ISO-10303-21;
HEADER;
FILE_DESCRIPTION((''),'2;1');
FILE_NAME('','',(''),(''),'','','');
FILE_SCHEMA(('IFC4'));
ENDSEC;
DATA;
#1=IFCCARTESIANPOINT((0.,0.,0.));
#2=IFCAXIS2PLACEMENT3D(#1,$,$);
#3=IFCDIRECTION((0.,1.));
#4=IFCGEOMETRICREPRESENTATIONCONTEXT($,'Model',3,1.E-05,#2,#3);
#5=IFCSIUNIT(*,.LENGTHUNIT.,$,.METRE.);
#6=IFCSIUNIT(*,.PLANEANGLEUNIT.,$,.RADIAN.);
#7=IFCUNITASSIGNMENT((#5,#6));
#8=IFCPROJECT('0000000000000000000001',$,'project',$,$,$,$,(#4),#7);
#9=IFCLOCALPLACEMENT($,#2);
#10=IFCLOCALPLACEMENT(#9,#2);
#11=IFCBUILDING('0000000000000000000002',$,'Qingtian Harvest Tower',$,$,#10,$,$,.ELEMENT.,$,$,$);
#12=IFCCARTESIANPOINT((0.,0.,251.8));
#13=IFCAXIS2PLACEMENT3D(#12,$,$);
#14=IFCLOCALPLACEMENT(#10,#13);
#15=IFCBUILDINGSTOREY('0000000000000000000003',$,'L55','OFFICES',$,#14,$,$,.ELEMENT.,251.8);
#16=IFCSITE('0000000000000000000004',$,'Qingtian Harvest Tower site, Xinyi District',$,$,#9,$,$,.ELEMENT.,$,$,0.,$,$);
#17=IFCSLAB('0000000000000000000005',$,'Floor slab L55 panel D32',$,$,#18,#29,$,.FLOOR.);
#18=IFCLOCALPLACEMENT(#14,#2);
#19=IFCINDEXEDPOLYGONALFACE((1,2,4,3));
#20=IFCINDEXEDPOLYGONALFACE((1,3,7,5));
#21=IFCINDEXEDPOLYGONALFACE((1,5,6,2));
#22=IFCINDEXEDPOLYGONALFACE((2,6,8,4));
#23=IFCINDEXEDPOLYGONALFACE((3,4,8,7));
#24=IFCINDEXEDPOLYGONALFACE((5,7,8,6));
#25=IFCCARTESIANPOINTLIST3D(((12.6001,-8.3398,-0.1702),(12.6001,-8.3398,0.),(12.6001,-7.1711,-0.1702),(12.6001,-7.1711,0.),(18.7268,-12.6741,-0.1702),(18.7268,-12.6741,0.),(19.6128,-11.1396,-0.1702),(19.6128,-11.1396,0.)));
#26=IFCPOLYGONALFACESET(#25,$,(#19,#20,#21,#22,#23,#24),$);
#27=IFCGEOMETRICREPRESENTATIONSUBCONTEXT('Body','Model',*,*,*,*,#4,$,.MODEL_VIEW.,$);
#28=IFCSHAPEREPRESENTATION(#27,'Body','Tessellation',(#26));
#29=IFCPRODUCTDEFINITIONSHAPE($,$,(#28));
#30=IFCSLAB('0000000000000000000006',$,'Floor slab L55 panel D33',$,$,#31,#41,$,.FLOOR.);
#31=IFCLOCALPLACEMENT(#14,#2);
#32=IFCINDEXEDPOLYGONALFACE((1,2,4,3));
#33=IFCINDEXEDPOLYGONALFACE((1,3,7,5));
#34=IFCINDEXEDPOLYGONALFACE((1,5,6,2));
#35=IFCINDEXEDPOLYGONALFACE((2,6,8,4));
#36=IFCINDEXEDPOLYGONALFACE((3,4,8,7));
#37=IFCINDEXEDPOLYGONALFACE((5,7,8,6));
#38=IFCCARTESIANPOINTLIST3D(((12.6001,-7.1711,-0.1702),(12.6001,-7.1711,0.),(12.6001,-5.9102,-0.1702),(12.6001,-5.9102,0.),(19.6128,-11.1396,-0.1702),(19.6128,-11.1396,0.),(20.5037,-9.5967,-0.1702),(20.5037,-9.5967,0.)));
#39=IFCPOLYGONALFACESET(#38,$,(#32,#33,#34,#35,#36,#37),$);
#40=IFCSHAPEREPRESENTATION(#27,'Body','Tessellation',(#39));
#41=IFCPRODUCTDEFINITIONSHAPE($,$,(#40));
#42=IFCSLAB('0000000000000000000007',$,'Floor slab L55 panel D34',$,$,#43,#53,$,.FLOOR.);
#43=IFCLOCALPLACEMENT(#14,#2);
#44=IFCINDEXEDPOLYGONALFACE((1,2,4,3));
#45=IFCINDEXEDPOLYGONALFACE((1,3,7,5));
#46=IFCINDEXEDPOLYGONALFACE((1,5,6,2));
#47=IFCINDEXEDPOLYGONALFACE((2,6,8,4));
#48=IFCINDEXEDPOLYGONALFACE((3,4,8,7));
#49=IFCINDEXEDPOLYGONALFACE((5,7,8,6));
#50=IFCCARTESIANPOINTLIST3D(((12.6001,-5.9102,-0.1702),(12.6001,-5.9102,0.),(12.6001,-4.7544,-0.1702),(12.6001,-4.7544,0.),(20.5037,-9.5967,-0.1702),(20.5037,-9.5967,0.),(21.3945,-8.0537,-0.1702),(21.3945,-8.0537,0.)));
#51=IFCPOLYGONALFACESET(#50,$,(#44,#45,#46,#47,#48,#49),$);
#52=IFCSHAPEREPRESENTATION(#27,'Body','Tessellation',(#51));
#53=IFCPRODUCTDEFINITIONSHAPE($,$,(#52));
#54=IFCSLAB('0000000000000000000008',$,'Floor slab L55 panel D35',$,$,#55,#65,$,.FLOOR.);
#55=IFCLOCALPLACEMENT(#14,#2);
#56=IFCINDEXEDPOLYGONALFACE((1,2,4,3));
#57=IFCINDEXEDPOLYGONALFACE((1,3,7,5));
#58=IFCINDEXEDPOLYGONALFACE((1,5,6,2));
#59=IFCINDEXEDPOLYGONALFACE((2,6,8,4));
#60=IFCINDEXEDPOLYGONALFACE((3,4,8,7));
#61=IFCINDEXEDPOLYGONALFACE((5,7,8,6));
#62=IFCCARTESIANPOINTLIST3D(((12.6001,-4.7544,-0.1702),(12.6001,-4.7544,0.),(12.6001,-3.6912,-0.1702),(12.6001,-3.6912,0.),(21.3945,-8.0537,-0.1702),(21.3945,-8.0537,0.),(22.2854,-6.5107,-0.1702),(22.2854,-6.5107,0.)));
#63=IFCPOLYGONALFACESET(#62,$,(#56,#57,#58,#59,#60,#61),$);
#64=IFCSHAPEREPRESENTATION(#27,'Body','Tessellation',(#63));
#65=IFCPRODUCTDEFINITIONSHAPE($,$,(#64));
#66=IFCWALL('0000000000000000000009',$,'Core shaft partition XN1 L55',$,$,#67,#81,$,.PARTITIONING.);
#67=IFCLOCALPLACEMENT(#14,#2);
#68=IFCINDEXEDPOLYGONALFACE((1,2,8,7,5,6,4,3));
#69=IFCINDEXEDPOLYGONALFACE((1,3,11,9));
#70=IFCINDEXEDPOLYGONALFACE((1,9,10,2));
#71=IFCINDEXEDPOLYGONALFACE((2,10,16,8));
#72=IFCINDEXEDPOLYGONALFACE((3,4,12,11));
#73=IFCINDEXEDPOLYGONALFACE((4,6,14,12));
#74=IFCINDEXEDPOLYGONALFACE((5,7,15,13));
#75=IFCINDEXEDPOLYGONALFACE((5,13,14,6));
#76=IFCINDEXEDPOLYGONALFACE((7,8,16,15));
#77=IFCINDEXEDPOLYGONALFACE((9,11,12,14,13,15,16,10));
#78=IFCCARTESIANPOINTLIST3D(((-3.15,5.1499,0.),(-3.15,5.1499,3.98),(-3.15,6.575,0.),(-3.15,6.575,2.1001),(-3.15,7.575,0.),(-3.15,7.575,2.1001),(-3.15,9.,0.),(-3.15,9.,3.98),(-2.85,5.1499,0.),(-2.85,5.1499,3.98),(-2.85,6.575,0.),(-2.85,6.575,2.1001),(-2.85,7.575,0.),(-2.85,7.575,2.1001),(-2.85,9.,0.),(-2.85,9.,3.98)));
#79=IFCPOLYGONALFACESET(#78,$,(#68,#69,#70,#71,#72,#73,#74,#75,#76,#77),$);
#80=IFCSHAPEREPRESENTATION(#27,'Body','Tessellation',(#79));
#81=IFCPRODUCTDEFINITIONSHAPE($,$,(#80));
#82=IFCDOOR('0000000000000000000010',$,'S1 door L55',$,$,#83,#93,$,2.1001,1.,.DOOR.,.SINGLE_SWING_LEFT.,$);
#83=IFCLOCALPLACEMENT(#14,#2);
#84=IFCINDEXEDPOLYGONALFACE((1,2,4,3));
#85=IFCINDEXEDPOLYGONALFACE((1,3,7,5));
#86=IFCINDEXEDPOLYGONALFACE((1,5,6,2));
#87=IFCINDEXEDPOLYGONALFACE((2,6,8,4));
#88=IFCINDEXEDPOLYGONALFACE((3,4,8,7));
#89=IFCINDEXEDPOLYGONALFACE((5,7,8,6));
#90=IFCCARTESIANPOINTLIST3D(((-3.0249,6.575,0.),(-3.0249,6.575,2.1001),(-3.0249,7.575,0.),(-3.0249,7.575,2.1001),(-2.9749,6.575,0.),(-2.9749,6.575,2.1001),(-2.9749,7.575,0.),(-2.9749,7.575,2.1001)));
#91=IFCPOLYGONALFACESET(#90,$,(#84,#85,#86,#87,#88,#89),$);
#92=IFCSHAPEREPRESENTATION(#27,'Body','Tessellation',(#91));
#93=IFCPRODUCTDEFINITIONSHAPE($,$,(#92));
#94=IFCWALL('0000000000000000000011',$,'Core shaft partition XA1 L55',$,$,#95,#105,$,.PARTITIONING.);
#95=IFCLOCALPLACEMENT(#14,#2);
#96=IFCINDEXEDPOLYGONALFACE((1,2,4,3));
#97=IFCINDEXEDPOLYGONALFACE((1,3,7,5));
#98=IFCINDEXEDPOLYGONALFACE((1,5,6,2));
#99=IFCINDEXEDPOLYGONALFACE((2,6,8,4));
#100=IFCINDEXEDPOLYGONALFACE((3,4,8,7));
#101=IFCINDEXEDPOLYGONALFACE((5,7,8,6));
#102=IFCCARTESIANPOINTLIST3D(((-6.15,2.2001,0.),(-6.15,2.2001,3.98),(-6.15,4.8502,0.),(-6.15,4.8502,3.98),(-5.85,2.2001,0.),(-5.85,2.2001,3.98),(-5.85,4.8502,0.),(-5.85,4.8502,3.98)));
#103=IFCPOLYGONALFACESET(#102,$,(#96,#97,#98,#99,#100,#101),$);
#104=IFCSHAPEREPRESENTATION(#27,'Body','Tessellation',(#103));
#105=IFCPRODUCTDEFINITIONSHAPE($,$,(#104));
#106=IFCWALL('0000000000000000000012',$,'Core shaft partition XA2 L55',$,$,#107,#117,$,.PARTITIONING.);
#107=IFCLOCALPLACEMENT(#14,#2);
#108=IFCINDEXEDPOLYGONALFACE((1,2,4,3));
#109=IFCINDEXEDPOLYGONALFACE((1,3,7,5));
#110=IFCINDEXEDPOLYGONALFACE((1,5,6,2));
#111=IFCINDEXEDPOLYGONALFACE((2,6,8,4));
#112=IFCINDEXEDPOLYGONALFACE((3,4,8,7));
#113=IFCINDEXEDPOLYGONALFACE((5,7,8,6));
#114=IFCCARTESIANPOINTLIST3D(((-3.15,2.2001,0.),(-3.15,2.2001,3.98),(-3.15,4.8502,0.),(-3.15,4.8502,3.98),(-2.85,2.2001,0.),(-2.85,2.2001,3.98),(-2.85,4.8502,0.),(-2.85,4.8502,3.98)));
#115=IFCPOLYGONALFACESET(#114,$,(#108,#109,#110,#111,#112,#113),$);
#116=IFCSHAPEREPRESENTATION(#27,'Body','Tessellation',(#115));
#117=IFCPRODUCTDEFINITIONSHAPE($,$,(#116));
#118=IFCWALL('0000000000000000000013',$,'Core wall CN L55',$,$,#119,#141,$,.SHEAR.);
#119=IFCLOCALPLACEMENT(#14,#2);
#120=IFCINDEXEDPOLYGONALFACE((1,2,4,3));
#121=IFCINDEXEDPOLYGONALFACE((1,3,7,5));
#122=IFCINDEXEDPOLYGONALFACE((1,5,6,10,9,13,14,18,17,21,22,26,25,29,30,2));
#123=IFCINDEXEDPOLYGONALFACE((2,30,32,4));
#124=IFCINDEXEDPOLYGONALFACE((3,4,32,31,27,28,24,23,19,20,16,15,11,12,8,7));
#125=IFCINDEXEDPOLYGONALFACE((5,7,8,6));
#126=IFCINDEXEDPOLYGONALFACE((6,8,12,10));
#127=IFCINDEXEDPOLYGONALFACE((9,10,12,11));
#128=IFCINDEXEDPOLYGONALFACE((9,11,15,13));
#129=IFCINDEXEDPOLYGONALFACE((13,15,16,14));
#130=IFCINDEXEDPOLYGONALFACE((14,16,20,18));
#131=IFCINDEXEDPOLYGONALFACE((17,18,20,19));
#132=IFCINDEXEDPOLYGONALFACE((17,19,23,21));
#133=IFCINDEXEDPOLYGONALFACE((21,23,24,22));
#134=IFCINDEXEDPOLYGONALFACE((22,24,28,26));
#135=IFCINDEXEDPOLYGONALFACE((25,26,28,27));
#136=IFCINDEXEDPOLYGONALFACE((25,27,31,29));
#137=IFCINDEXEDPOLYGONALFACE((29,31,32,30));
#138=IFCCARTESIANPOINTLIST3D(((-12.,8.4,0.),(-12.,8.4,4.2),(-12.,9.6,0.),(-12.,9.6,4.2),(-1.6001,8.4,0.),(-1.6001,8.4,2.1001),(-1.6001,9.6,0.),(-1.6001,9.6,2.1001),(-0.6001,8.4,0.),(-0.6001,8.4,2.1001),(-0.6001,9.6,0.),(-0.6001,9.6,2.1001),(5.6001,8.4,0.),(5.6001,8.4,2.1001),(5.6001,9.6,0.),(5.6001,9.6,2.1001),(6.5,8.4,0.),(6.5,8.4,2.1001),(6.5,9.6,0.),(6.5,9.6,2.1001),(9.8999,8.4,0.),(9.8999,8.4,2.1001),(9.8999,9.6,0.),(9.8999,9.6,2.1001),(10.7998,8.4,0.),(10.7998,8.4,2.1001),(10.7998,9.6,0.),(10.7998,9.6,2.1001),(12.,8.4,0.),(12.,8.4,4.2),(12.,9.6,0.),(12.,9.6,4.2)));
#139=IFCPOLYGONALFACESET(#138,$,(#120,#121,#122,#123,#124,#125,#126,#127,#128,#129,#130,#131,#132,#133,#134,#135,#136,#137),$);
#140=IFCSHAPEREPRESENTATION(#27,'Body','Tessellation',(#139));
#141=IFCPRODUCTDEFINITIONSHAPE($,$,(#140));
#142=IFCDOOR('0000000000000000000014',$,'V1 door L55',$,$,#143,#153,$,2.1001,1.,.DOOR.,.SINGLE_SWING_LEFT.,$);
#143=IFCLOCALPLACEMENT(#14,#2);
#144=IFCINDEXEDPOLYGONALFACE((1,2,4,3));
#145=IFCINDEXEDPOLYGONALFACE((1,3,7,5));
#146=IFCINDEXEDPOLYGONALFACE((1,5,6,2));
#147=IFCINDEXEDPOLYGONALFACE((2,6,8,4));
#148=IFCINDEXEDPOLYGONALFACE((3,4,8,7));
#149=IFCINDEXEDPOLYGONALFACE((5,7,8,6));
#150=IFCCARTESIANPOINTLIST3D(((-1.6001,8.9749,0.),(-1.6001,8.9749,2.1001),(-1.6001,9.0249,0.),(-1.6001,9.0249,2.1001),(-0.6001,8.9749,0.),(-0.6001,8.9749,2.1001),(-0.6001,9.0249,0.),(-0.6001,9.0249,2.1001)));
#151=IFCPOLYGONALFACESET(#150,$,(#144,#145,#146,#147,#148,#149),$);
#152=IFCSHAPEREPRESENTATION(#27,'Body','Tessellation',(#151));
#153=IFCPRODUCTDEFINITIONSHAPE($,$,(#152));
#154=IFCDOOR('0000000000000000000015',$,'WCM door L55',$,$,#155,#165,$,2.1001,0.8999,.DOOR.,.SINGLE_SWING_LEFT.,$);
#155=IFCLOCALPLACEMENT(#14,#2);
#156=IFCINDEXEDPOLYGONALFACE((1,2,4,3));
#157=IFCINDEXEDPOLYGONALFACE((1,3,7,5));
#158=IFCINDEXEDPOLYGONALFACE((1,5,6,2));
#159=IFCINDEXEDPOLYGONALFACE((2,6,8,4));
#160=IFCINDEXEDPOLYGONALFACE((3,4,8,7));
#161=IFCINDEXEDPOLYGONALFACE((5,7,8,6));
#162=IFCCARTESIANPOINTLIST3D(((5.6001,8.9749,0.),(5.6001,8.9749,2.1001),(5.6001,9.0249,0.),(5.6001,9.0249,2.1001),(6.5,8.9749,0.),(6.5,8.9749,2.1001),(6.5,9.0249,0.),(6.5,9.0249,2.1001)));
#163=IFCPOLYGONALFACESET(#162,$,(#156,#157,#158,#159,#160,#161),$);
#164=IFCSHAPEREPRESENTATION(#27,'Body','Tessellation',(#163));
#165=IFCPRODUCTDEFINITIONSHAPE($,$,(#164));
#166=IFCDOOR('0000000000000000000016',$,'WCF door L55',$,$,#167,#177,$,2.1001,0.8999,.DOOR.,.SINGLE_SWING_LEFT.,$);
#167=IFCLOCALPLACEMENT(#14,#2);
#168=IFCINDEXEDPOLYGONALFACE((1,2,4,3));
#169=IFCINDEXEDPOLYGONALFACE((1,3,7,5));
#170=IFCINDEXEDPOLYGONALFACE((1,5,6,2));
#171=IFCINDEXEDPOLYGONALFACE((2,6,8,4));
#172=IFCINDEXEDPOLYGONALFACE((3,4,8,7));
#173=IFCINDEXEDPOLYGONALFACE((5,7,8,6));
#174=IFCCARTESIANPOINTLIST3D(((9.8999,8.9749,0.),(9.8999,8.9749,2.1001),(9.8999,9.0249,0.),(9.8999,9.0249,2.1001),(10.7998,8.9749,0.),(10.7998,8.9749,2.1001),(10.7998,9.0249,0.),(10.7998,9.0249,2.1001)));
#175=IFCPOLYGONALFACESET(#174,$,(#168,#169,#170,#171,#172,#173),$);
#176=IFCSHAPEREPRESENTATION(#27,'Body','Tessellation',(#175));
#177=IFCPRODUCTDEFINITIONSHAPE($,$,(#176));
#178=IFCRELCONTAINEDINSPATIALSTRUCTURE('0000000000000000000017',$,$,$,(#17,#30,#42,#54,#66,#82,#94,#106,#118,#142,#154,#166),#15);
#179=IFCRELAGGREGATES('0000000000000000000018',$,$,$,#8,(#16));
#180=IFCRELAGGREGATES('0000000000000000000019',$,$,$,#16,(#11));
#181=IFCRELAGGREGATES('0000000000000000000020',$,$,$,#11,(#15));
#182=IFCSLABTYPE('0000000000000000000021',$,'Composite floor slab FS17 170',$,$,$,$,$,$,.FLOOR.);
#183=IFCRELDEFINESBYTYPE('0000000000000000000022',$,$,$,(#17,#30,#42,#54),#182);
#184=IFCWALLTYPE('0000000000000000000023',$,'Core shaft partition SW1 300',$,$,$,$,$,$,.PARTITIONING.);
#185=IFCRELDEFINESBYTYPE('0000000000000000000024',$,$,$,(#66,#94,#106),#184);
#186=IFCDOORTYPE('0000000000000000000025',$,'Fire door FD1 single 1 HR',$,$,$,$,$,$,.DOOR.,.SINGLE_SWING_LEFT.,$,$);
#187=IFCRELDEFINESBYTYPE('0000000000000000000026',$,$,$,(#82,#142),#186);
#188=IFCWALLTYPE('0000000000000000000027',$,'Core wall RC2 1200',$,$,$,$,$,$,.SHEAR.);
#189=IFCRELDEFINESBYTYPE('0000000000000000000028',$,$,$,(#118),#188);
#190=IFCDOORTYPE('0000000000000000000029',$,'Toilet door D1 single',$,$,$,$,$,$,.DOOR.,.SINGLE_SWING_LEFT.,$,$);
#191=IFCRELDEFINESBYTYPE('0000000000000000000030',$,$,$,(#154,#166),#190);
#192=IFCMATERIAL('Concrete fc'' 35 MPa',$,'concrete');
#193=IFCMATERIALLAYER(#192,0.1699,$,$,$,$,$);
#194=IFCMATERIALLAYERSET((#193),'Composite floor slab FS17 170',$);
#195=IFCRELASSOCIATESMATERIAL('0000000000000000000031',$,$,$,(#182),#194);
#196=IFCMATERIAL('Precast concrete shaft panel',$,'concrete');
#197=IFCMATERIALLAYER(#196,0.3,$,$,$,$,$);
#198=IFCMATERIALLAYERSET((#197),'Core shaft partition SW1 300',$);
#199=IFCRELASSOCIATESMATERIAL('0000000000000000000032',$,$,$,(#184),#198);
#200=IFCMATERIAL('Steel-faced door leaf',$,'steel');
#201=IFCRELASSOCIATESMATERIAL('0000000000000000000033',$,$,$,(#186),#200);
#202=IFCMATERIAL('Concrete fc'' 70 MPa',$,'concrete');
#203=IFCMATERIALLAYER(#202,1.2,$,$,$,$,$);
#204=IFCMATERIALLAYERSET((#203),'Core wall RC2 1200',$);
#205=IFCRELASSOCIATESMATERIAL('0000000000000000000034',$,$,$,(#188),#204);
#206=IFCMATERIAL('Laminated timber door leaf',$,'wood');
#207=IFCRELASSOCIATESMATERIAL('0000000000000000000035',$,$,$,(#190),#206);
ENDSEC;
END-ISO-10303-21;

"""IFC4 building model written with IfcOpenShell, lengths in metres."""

from ifc_helpers import new_model, si_unit, direction, frame, frame_2d, origin, place, context, subcontext, project, spatial, polyline, rectangle, outline, extrude, material, layer, layer_set, type_object, element, fill, save


model = new_model("IFC4")

# Units and contexts
model_context = context("Model", 3, precision=1e-05, world=origin(), true_north=direction((0.0, 1.0)))
body_context = subcontext(model_context, "Body", "Model", "MODEL_VIEW")
ifc_project = project(units=[si_unit("LENGTHUNIT", "METRE"), si_unit("PLANEANGLEUNIT", "RADIAN")], contexts=[model_context])

# Site, building, storey
site_placement = place(None, origin())
site = spatial("IfcSite", under=ifc_project, at=site_placement, Name="Qingtian Harvest Tower site, Xinyi District", CompositionType="ELEMENT", RefElevation=0.0)
building_placement = place(site_placement, origin())
building = spatial("IfcBuilding", under=site, at=building_placement, Name="Qingtian Harvest Tower", CompositionType="ELEMENT")
storey_placement = place(building_placement, frame((0.0, 0.0, 251.8)))
storey = spatial("IfcBuildingStorey", under=building, at=storey_placement, Name="L55", Description="OFFICES", CompositionType="ELEMENT", Elevation=251.8)

# Slabs
ifc_material_1 = material(Name="Concrete fc' 35 MPa", Category="concrete")
ifc_layer_1 = layer(ifc_material_1, 0.1699)
ifc_layer_set_1 = layer_set([ifc_layer_1], Name="Composite floor slab FS17 170")
slab_type = type_object("IfcSlabType", Name="Composite floor slab FS17 170", PredefinedType="FLOOR", material=ifc_layer_set_1)
slab_1_placement = place(storey_placement, frame((0.0, 0.0, -0.1702)))
element("IfcSlab", 1, at=slab_1_placement, inside=storey, type_object=slab_type, Name="Floor slab L55 panel D32", PredefinedType="FLOOR", context=body_context, shape_type="SweptSolid", body=[
    extrude(outline(polyline([(12.6001, -7.1711), (19.6128, -11.1396), (18.7268, -12.6741), (12.6001, -8.3398), (12.6001, -7.1711)])), origin(), (0.0, 0.0, 1.0), 0.1702),
])
slab_2_placement = place(storey_placement, frame((0.0, 0.0, -0.1702)))
element("IfcSlab", 2, at=slab_2_placement, inside=storey, type_object=slab_type, Name="Floor slab L55 panel D33", PredefinedType="FLOOR", context=body_context, shape_type="SweptSolid", body=[
    extrude(outline(polyline([(12.6001, -5.9102), (20.5037, -9.5967), (19.6128, -11.1396), (12.6001, -7.1711), (12.6001, -5.9102)])), origin(), (0.0, 0.0, 1.0), 0.1702),
])
slab_3_placement = place(storey_placement, frame((0.0, 0.0, -0.1702)))
element("IfcSlab", 3, at=slab_3_placement, inside=storey, type_object=slab_type, Name="Floor slab L55 panel D34", PredefinedType="FLOOR", context=body_context, shape_type="SweptSolid", body=[
    extrude(outline(polyline([(12.6001, -4.7544), (21.3945, -8.0537), (20.5037, -9.5967), (12.6001, -5.9102), (12.6001, -4.7544)])), origin(), (0.0, 0.0, 1.0), 0.1702),
])
slab_4_placement = place(storey_placement, frame((0.0, 0.0, -0.1702)))
element("IfcSlab", 4, at=slab_4_placement, inside=storey, type_object=slab_type, Name="Floor slab L55 panel D35", PredefinedType="FLOOR", context=body_context, shape_type="SweptSolid", body=[
    extrude(outline(polyline([(12.6001, -3.6912), (22.2854, -6.5107), (21.3945, -8.0537), (12.6001, -4.7544), (12.6001, -3.6912)])), origin(), (0.0, 0.0, 1.0), 0.1702),
])

# Wall, opening, door
ifc_material_2 = material(Name="Precast concrete shaft panel", Category="concrete")
ifc_layer_2 = layer(ifc_material_2, 0.3)
ifc_layer_set_2 = layer_set([ifc_layer_2], Name="Core shaft partition SW1 300")
wall_type_1 = type_object("IfcWallType", Name="Core shaft partition SW1 300", PredefinedType="PARTITIONING", material=ifc_layer_set_2)
wall_1_placement = place(storey_placement, frame((-3.0, 5.1499, 0.0), z_axis=(0.0, 0.0, 1.0), x_axis=(0.0, 1.0, 0.0)))
wall_1 = element("IfcWall", 5, at=wall_1_placement, inside=storey, type_object=wall_type_1, Name="Core shaft partition XN1 L55", PredefinedType="PARTITIONING", context=body_context, shape_type="SweptSolid", body=[
    extrude(rectangle(XDim=3.8501, YDim=0.3, at=frame_2d((1.925, 0.0))), origin(), (0.0, 0.0, 1.0), 3.98),
])
opening_1_placement = place(wall_1_placement, frame((1.425, 0.0, 0.0)))
opening_1 = element("IfcOpeningElement", 6, at=opening_1_placement, cuts=wall_1, PredefinedType="OPENING", context=body_context, shape_type="SweptSolid", body=[
    extrude(rectangle(XDim=1.0, YDim=2.1001, at=frame_2d((0.5, 1.05))), frame((0.0, 0.1599, 0.0), z_axis=(0.0, -1.0, 0.0), x_axis=(1.0, 0.0, 0.0)), (0.0, 0.0, 1.0), 0.3201),
])
ifc_material_3 = material(Name="Steel-faced door leaf", Category="steel")
door_type_1 = type_object("IfcDoorType", Name="Fire door FD1 single 1 HR", OperationType="SINGLE_SWING_LEFT", PredefinedType="DOOR", material=ifc_material_3)
door_1_placement = place(opening_1_placement, origin())
door_1 = element("IfcDoor", 7, at=door_1_placement, inside=storey, type_object=door_type_1, Name="S1 door L55", OperationType="SINGLE_SWING_LEFT", OverallHeight=2.1001, OverallWidth=1.0, PredefinedType="DOOR", context=body_context, shape_type="SweptSolid", body=[
    extrude(rectangle(XDim=1.0, YDim=2.1001, at=frame_2d((0.5, 1.05))), frame((0.0, 0.0249, 0.0), z_axis=(0.0, -1.0, 0.0), x_axis=(1.0, 0.0, 0.0)), (0.0, 0.0, 1.0), 0.05),
])
fill(opening_1, door_1)

# Walls
for number, where, z_axis, x_axis, name in (
    (8, (-6.0, 2.2, 0.0), (0.0, 0.0, 1.0), (0.0, 1.0, 0.0), "Core shaft partition XA1 L55"),
    (9, (-3.0, 2.2, 0.0), (0.0, 0.0, 1.0), (0.0, 1.0, 0.0), "Core shaft partition XA2 L55"),
):
    element("IfcWall", number, at=place(storey_placement, frame(where, z_axis=z_axis, x_axis=x_axis)), inside=storey, type_object=wall_type_1, Name=name, PredefinedType="PARTITIONING", context=body_context, shape_type="SweptSolid", body=[
        extrude(rectangle(XDim=2.6501, YDim=0.3, at=frame_2d((1.3252, 0.0))), origin(), (0.0, 0.0, 1.0), 3.98),
    ])

# Wall, openings, doors
ifc_material_4 = material(Name="Concrete fc' 70 MPa", Category="concrete")
ifc_layer_3 = layer(ifc_material_4, 1.2)
ifc_layer_set_3 = layer_set([ifc_layer_3], Name="Core wall RC2 1200")
wall_type_2 = type_object("IfcWallType", Name="Core wall RC2 1200", PredefinedType="SHEAR", material=ifc_layer_set_3)
wall_2_placement = place(storey_placement, frame((-12.0, 9.0, 0.0), z_axis=(0.0, 0.0, 1.0), x_axis=(1.0, 0.0, 0.0)))
wall_2 = element("IfcWall", 10, at=wall_2_placement, inside=storey, type_object=wall_type_2, Name="Core wall CN L55", PredefinedType="SHEAR", context=body_context, shape_type="SweptSolid", body=[
    extrude(rectangle(XDim=24.0, YDim=1.2, at=frame_2d((12.0, 0.0))), origin(), (0.0, 0.0, 1.0), 4.2),
])
opening_2_placement = place(wall_2_placement, frame((10.3999, 0.0, 0.0)))
opening_2 = element("IfcOpeningElement", 11, at=opening_2_placement, cuts=wall_2, PredefinedType="OPENING", context=body_context, shape_type="SweptSolid", body=[
    extrude(rectangle(XDim=1.0, YDim=2.1001, at=frame_2d((0.5, 1.05))), frame((0.0, 0.6099, 0.0), z_axis=(0.0, -1.0, 0.0), x_axis=(1.0, 0.0, 0.0)), (0.0, 0.0, 1.0), 1.22),
])
opening_3_placement = place(wall_2_placement, frame((17.6001, 0.0, 0.0)))
opening_3 = element("IfcOpeningElement", 12, at=opening_3_placement, cuts=wall_2, PredefinedType="OPENING", context=body_context, shape_type="SweptSolid", body=[
    extrude(rectangle(XDim=0.8999, YDim=2.1001, at=frame_2d((0.45, 1.05))), frame((0.0, 0.6099, 0.0), z_axis=(0.0, -1.0, 0.0), x_axis=(1.0, 0.0, 0.0)), (0.0, 0.0, 1.0), 1.22),
])
opening_4_placement = place(wall_2_placement, frame((21.8999, 0.0, 0.0)))
opening_4 = element("IfcOpeningElement", 13, at=opening_4_placement, cuts=wall_2, PredefinedType="OPENING", context=body_context, shape_type="SweptSolid", body=[
    extrude(rectangle(XDim=0.8999, YDim=2.1001, at=frame_2d((0.45, 1.05))), frame((0.0, 0.6099, 0.0), z_axis=(0.0, -1.0, 0.0), x_axis=(1.0, 0.0, 0.0)), (0.0, 0.0, 1.0), 1.22),
])
door_2_placement = place(opening_2_placement, origin())
door_2 = element("IfcDoor", 14, at=door_2_placement, inside=storey, type_object=door_type_1, Name="V1 door L55", OperationType="SINGLE_SWING_LEFT", OverallHeight=2.1001, OverallWidth=1.0, PredefinedType="DOOR", context=body_context, shape_type="SweptSolid", body=[
    extrude(rectangle(XDim=1.0, YDim=2.1001, at=frame_2d((0.5, 1.05))), frame((0.0, 0.0249, 0.0), z_axis=(0.0, -1.0, 0.0), x_axis=(1.0, 0.0, 0.0)), (0.0, 0.0, 1.0), 0.05),
])
fill(opening_2, door_2)
ifc_material_5 = material(Name="Laminated timber door leaf", Category="wood")
door_type_2 = type_object("IfcDoorType", Name="Toilet door D1 single", OperationType="SINGLE_SWING_LEFT", PredefinedType="DOOR", material=ifc_material_5)
door_3_placement = place(opening_3_placement, origin())
door_3 = element("IfcDoor", 15, at=door_3_placement, inside=storey, type_object=door_type_2, Name="WCM door L55", OperationType="SINGLE_SWING_LEFT", OverallHeight=2.1001, OverallWidth=0.8999, PredefinedType="DOOR", context=body_context, shape_type="SweptSolid", body=[
    extrude(rectangle(XDim=0.8999, YDim=2.1001, at=frame_2d((0.45, 1.05))), frame((0.0, 0.0249, 0.0), z_axis=(0.0, -1.0, 0.0), x_axis=(1.0, 0.0, 0.0)), (0.0, 0.0, 1.0), 0.05),
])
fill(opening_3, door_3)
door_4_placement = place(opening_4_placement, origin())
door_4 = element("IfcDoor", 16, at=door_4_placement, inside=storey, type_object=door_type_2, Name="WCF door L55", OperationType="SINGLE_SWING_LEFT", OverallHeight=2.1001, OverallWidth=0.8999, PredefinedType="DOOR", context=body_context, shape_type="SweptSolid", body=[
    extrude(rectangle(XDim=0.8999, YDim=2.1001, at=frame_2d((0.45, 1.05))), frame((0.0, 0.0249, 0.0), z_axis=(0.0, -1.0, 0.0), x_axis=(1.0, 0.0, 0.0)), (0.0, 0.0, 1.0), 0.05),
])
fill(opening_4, door_4)

save(model, "model.ifc")
